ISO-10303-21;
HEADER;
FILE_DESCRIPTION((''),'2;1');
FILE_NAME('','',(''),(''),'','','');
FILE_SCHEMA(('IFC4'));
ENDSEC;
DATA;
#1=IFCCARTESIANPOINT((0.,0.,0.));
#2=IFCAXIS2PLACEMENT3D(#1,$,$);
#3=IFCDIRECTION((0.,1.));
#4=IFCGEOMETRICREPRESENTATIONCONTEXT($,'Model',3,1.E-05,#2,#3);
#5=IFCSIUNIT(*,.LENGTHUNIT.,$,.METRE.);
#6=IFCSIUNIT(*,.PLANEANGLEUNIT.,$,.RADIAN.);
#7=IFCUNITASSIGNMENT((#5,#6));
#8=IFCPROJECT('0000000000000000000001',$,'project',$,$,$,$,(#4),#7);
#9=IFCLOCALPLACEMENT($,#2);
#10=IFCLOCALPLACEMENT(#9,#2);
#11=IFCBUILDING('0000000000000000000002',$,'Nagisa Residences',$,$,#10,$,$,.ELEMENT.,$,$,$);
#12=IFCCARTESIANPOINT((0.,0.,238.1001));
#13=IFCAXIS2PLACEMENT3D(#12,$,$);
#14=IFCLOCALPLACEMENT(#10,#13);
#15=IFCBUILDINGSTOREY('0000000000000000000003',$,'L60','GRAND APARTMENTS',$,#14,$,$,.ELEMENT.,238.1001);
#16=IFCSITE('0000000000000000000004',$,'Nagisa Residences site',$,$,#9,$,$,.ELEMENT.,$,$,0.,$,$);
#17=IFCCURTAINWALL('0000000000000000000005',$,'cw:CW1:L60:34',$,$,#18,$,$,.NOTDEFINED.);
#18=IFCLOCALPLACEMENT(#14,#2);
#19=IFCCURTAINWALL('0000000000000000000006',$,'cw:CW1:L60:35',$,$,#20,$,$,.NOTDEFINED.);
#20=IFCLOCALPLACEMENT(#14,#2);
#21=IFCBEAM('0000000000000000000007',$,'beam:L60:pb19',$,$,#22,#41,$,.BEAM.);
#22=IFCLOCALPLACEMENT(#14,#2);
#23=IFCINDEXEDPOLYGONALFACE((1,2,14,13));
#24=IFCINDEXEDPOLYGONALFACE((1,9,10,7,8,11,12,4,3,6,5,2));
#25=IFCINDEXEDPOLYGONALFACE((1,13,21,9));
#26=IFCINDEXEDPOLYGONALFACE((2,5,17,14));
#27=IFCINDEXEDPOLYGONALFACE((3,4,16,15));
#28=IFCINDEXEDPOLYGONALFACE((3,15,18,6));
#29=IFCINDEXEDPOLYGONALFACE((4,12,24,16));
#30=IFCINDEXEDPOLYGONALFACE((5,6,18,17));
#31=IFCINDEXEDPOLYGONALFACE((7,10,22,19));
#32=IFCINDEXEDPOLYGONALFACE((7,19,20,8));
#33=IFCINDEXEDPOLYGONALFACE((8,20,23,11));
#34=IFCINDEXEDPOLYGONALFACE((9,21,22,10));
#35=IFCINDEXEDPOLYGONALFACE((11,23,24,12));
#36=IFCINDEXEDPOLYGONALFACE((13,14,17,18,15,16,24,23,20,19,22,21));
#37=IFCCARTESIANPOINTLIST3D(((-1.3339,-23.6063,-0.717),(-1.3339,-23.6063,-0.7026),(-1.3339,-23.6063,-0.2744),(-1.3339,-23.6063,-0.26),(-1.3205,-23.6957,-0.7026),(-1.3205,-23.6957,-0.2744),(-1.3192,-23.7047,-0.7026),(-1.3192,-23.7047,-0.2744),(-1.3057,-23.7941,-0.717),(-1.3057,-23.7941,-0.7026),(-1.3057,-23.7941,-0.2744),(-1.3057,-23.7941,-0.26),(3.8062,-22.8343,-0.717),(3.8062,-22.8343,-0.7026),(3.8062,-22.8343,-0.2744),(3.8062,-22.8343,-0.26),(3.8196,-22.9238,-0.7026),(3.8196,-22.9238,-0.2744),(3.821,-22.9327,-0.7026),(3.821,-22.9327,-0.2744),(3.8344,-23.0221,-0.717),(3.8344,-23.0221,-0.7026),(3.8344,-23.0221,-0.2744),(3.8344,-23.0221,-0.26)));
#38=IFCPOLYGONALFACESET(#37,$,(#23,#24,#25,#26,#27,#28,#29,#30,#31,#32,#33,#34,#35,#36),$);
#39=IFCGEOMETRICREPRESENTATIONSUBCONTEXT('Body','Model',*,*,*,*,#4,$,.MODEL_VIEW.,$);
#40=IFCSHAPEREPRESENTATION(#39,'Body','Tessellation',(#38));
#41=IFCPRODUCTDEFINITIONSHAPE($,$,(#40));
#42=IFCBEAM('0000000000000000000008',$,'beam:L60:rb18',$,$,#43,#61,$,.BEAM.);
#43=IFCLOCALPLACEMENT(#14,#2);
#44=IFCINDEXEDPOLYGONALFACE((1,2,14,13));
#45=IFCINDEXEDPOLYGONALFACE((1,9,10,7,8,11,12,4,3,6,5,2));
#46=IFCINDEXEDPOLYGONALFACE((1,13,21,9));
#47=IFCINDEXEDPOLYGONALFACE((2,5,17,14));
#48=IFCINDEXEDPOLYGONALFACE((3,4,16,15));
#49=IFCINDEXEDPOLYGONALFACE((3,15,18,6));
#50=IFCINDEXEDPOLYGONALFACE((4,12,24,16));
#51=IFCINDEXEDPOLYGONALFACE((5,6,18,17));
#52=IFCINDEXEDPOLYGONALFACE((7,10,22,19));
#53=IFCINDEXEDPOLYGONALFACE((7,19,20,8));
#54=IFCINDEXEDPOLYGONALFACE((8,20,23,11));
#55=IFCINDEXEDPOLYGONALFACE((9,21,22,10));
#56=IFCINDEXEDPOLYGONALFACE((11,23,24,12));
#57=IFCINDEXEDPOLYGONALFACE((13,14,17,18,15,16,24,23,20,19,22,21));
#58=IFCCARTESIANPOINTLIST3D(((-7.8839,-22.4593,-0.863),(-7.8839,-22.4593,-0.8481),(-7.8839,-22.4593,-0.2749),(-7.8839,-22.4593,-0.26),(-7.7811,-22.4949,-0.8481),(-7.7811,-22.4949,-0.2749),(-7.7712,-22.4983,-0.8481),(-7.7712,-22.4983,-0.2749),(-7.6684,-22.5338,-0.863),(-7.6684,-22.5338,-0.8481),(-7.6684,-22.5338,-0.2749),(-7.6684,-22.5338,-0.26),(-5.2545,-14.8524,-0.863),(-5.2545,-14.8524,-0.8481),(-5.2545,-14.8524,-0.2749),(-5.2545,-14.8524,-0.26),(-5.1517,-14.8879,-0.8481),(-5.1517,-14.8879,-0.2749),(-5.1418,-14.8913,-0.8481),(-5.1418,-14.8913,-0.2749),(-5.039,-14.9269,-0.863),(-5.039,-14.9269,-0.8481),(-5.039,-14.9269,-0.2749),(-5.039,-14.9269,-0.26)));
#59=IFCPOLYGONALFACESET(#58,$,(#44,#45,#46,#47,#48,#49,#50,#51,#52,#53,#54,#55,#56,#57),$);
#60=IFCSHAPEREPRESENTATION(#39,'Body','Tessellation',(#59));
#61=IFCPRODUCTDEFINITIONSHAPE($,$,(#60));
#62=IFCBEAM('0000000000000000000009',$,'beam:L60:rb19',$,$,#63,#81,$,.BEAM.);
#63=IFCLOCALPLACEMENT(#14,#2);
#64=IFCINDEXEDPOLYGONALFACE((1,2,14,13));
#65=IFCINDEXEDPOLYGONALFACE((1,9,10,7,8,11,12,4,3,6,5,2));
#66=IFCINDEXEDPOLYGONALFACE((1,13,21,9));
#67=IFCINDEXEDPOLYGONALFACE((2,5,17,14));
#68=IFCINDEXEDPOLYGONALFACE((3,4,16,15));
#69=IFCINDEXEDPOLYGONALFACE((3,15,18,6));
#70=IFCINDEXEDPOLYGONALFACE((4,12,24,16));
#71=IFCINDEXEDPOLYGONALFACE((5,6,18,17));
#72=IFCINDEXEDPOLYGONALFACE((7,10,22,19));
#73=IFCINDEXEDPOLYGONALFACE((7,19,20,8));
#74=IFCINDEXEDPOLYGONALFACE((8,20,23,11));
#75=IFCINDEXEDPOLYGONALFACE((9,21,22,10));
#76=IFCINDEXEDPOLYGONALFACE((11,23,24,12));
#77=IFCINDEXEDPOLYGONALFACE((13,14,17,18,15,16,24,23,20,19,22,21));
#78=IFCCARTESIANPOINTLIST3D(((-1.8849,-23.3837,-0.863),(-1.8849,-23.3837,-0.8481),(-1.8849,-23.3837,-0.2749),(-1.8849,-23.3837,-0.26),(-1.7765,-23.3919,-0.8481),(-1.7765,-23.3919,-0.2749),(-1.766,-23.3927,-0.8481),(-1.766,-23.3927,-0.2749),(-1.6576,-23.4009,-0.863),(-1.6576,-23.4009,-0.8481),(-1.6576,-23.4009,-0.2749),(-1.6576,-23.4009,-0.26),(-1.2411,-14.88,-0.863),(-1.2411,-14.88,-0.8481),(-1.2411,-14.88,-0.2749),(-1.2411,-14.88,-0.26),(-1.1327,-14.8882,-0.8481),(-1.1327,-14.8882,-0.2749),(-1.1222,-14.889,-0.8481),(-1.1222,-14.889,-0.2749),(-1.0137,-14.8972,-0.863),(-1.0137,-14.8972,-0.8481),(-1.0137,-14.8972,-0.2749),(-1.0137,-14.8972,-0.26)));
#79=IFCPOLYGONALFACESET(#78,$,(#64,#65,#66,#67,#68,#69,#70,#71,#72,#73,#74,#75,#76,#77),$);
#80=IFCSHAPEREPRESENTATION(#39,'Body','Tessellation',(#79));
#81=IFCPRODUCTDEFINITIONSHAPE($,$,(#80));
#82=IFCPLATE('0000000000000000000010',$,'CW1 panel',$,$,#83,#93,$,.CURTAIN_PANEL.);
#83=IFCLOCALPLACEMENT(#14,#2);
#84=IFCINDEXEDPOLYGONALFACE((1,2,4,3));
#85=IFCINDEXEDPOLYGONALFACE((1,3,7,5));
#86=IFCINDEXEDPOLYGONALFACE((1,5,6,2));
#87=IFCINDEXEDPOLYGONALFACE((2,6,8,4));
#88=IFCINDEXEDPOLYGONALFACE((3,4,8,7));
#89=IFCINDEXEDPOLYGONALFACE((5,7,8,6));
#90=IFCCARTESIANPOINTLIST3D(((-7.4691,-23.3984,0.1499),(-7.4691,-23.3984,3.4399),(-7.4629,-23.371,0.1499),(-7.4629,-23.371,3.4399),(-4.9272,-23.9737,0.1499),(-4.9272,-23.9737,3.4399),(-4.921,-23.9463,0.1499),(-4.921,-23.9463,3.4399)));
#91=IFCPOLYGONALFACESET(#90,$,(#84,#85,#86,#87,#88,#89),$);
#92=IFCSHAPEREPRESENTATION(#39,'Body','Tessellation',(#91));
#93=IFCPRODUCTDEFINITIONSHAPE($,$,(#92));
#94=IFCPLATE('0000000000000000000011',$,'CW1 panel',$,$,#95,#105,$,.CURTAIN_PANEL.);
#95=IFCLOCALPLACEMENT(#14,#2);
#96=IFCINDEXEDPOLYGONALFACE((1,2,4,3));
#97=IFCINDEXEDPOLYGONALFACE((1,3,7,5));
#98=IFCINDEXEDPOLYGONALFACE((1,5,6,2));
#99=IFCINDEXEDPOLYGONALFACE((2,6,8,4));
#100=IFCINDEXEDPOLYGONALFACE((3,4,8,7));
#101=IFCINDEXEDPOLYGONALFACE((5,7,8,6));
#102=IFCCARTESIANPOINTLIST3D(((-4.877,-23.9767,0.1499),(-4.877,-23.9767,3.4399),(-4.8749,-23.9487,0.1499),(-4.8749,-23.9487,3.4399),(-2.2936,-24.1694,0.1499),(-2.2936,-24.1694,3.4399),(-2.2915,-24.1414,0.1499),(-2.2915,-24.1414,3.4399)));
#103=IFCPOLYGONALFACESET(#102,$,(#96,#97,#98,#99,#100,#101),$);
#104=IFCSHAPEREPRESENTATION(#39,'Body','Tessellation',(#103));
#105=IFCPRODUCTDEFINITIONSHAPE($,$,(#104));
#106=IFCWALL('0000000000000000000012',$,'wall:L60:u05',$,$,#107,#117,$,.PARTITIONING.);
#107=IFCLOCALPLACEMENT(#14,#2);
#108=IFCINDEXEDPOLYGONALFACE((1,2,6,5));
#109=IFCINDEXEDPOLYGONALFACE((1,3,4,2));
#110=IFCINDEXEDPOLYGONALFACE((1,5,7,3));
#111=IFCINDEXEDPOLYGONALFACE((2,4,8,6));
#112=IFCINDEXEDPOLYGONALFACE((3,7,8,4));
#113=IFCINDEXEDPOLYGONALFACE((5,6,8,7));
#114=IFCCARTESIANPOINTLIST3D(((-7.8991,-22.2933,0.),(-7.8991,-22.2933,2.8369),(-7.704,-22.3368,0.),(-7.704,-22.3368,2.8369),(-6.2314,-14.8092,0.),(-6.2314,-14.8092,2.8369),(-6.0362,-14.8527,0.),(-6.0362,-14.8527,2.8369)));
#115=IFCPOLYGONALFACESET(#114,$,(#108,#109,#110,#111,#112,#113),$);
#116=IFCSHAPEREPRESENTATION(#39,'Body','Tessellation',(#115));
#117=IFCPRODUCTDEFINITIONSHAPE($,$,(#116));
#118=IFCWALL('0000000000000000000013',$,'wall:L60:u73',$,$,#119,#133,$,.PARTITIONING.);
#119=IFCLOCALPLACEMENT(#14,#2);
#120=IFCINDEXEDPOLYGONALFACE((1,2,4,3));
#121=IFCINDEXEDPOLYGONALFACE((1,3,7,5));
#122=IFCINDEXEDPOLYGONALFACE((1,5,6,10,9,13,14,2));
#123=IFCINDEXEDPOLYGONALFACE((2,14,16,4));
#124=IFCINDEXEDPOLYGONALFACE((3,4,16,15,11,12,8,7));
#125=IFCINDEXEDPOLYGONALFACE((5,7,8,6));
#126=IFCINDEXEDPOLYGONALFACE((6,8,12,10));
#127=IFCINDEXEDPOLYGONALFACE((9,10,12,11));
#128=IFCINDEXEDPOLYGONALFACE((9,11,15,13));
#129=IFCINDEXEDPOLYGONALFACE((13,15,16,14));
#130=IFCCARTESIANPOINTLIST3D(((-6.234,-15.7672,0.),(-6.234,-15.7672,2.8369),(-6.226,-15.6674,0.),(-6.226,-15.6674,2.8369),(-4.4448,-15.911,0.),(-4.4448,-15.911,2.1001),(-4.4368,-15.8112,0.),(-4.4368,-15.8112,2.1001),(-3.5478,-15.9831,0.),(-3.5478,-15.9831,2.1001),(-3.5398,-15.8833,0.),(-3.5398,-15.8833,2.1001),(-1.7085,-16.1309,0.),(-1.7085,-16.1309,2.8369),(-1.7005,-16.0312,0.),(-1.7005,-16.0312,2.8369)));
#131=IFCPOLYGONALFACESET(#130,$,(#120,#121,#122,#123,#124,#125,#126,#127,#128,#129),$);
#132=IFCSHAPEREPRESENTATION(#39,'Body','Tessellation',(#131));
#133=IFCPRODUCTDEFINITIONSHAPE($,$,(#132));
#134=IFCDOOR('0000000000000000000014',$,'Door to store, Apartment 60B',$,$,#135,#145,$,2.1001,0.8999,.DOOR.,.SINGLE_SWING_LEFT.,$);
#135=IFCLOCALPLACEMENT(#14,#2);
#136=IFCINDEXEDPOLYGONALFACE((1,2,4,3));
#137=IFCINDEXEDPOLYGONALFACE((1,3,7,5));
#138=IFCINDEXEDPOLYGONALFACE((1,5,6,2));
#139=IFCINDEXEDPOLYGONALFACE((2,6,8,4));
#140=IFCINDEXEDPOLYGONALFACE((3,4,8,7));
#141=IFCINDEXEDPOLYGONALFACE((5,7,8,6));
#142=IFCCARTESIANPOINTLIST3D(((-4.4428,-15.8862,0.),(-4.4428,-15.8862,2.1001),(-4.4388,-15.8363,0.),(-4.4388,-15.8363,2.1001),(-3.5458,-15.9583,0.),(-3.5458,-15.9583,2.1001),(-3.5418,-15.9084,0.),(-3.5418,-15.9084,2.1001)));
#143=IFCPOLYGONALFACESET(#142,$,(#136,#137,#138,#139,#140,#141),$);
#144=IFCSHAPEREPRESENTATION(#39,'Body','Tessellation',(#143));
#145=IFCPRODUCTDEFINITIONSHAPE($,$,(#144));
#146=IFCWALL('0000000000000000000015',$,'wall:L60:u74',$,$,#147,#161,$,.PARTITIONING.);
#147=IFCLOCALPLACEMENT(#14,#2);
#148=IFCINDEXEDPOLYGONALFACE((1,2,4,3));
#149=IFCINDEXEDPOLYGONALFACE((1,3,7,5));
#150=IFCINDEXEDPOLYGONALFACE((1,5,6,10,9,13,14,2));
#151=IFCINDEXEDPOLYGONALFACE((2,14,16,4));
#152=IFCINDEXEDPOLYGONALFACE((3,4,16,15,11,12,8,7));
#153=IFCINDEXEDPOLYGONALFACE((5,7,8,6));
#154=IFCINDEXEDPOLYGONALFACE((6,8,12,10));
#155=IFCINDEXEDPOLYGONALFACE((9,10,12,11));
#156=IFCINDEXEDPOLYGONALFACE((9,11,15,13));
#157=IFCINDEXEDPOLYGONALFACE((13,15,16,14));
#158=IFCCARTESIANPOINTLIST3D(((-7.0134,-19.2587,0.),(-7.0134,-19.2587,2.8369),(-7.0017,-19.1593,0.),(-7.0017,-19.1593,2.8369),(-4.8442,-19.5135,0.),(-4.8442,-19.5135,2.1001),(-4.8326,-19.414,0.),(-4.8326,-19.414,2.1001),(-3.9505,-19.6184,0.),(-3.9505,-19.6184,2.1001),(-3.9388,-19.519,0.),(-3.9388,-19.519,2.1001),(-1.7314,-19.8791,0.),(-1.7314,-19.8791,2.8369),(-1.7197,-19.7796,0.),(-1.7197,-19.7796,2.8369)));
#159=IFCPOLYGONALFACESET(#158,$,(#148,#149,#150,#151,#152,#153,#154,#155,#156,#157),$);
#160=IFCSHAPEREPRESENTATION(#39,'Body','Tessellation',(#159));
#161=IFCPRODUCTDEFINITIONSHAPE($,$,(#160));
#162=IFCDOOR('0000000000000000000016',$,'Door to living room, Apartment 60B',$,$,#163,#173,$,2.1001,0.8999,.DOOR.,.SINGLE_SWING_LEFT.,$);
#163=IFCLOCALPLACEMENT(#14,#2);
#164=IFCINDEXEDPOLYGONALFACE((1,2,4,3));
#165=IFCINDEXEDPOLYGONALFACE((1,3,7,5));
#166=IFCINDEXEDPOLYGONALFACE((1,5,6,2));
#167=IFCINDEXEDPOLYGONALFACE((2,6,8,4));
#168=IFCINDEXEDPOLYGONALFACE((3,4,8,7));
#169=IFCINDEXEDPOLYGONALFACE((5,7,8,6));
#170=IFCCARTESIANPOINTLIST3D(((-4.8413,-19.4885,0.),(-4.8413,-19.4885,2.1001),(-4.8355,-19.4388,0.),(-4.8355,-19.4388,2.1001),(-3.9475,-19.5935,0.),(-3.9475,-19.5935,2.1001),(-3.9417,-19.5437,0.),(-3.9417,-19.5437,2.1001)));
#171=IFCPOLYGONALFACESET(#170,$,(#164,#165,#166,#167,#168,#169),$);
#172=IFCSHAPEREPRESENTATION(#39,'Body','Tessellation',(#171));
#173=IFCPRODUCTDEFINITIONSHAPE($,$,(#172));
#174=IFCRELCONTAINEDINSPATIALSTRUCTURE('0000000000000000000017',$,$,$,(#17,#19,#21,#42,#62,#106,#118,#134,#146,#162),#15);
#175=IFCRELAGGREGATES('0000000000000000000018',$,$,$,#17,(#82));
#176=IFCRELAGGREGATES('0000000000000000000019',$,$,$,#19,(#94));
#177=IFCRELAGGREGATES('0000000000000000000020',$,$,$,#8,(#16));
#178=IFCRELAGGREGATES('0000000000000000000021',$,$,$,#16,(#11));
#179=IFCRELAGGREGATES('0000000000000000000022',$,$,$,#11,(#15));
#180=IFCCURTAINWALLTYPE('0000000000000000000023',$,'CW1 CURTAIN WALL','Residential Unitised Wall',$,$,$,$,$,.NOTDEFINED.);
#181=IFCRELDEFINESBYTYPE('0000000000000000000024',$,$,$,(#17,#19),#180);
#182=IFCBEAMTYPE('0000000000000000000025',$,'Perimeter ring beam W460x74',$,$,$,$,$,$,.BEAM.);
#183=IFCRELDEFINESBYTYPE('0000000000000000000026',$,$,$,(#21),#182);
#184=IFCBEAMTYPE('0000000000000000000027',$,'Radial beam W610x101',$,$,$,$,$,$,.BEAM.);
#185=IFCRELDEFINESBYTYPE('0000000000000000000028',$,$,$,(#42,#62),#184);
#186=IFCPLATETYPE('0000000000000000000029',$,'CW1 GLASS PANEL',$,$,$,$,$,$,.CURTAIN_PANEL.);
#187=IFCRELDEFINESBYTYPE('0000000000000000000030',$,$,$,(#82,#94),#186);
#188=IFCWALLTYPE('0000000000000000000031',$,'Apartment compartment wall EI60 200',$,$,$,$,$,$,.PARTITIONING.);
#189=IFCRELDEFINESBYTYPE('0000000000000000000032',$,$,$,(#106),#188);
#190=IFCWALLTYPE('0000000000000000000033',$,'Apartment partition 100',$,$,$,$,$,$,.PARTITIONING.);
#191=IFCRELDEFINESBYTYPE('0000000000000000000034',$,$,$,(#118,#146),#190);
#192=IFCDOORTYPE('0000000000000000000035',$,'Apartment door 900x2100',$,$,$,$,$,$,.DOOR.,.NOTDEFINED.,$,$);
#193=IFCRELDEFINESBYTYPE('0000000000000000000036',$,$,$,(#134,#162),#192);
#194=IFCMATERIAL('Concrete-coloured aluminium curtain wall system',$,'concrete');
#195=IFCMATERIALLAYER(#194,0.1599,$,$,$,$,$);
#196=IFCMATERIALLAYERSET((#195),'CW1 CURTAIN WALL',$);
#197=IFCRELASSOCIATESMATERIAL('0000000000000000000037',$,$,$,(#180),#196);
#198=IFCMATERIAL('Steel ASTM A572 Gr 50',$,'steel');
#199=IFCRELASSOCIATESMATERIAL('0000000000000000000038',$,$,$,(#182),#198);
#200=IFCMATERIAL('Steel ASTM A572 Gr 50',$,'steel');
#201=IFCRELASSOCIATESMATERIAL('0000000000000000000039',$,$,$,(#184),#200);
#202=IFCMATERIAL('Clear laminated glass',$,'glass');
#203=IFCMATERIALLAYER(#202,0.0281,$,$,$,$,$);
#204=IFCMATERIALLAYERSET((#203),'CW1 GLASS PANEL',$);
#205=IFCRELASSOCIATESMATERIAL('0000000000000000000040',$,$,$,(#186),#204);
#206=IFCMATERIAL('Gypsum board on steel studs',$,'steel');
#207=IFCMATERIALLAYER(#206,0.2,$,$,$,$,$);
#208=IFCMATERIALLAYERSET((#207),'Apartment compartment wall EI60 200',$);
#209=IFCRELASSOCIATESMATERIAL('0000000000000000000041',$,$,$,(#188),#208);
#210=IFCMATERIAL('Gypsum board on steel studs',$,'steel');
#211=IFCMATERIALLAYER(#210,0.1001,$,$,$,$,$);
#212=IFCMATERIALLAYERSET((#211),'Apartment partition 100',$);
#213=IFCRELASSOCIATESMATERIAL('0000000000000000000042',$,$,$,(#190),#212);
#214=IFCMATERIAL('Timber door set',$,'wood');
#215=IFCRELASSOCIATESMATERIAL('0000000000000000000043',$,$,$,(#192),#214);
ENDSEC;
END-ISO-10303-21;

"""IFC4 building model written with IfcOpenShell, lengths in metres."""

from ifc_helpers import new_model, si_unit, direction, frame, frame_2d, origin, origin_2d, place, context, subcontext, project, spatial, rectangle, i_section, extrude, material, layer, layer_set, material_profile, profile_set, type_object, element, fill, aggregate, save


model = new_model("IFC4")

# Units and contexts
model_context = context("Model", 3, precision=1e-05, world=origin(), true_north=direction((0.0, 1.0)))
body_context = subcontext(model_context, "Body", "Model", "MODEL_VIEW")
ifc_project = project(units=[si_unit("LENGTHUNIT", "METRE"), si_unit("PLANEANGLEUNIT", "RADIAN")], contexts=[model_context])

# Site, building, storey
site_placement = place(None, origin())
site = spatial("IfcSite", under=ifc_project, at=site_placement, Name="Nagisa Residences site", CompositionType="ELEMENT", RefElevation=0.0)
building_placement = place(site_placement, origin())
building = spatial("IfcBuilding", under=site, at=building_placement, Name="Nagisa Residences", CompositionType="ELEMENT")
storey_placement = place(building_placement, frame((0.0, 0.0, 238.1001)))
storey = spatial("IfcBuildingStorey", under=building, at=storey_placement, Name="L60", Description="GRAND APARTMENTS", CompositionType="ELEMENT", Elevation=238.1001)

# Curtain walls
ifc_material_1 = material(Name="Concrete-coloured aluminium curtain wall system", Category="concrete")
ifc_layer_1 = layer(ifc_material_1, 0.1599)
ifc_layer_set_1 = layer_set([ifc_layer_1], Name="CW1 CURTAIN WALL")
curtain_wall_type = type_object("IfcCurtainWallType", Name="CW1 CURTAIN WALL", Description="Residential Unitised Wall", PredefinedType="NOTDEFINED", material=ifc_layer_set_1)
curtain_wall_1_placement = place(storey_placement, origin())
curtain_wall_1 = element("IfcCurtainWall", 1, at=curtain_wall_1_placement, inside=storey, type_object=curtain_wall_type, Name="cw:CW1:L60:34", PredefinedType="NOTDEFINED")
curtain_wall_2_placement = place(storey_placement, origin())
curtain_wall_2 = element("IfcCurtainWall", 2, at=curtain_wall_2_placement, inside=storey, type_object=curtain_wall_type, Name="cw:CW1:L60:35", PredefinedType="NOTDEFINED")

# Beams
ifc_material_2 = material(Name="Steel ASTM A572 Gr 50", Category="steel")
ifc_material_profile_1 = material_profile(ifc_material_2, i_section(OverallWidth=0.1899, OverallDepth=0.457, WebThickness=0.009, FlangeThickness=0.0144, at=origin_2d()), Name="W460x74")
ifc_profile_set_1 = profile_set([ifc_material_profile_1], Name="Steel ASTM A572 Gr 50")
beam_type_1 = type_object("IfcBeamType", Name="Perimeter ring beam W460x74", PredefinedType="BEAM", material=ifc_profile_set_1)
for number, where, z_axis, x_axis, name in (
    (3, (-1.3198, -23.7002, -0.4885), (0.988909, 0.14852, 0.0), (-0.14852, 0.988909, 0.0), "beam:L60:pb19"),
):
    element("IfcBeam", number, at=place(storey_placement, frame(where, z_axis=z_axis, x_axis=x_axis)), inside=storey, type_object=beam_type_1, Name=name, PredefinedType="BEAM", context=body_context, shape_type="SweptSolid", body=[
        extrude(i_section(OverallWidth=0.1899, OverallDepth=0.457, WebThickness=0.009, FlangeThickness=0.0144, at=origin_2d()), origin(), (0.0, 0.0, 1.0), 5.1978),
    ])
ifc_material_3 = material(Name="Steel ASTM A572 Gr 50", Category="steel")
ifc_material_profile_2 = material_profile(ifc_material_3, i_section(OverallWidth=0.228, OverallDepth=0.603, WebThickness=0.0105, FlangeThickness=0.0149, at=origin_2d()), Name="W610x101")
ifc_profile_set_2 = profile_set([ifc_material_profile_2], Name="Steel ASTM A572 Gr 50")
beam_type_2 = type_object("IfcBeamType", Name="Radial beam W610x101", PredefinedType="BEAM", material=ifc_profile_set_2)
beam_1_placement = place(storey_placement, frame((-7.7761, -22.4966, -0.5615), z_axis=(0.326692, 0.945131, 0.0), x_axis=(-0.945131, 0.326692, 0.0)))
element("IfcBeam", 4, at=beam_1_placement, inside=storey, type_object=beam_type_2, Name="beam:L60:rb18", PredefinedType="BEAM", context=body_context, shape_type="SweptSolid", body=[
    extrude(i_section(OverallWidth=0.228, OverallDepth=0.603, WebThickness=0.0105, FlangeThickness=0.0149, at=origin_2d()), origin(), (0.0, 0.0, 1.0), 8.0486),
])
beam_2_placement = place(storey_placement, frame((-1.7712, -23.3923, -0.5615), z_axis=(0.075492, 0.997146, 0.0), x_axis=(-0.997146, 0.075492, 0.0)))
element("IfcBeam", 5, at=beam_2_placement, inside=storey, type_object=beam_type_2, Name="beam:L60:rb19", PredefinedType="BEAM", context=body_context, shape_type="SweptSolid", body=[
    extrude(i_section(OverallWidth=0.228, OverallDepth=0.603, WebThickness=0.0105, FlangeThickness=0.0149, at=origin_2d()), origin(), (0.0, 0.0, 1.0), 8.5281),
])

# Plates
ifc_material_4 = material(Name="Clear laminated glass", Category="glass")
ifc_layer_2 = layer(ifc_material_4, 0.0281)
ifc_layer_set_2 = layer_set([ifc_layer_2], Name="CW1 GLASS PANEL")
plate_type = type_object("IfcPlateType", Name="CW1 GLASS PANEL", PredefinedType="CURTAIN_PANEL", material=ifc_layer_set_2)
plate_1_placement = place(storey_placement, frame((-6.1951, -23.6724, 0.1499), z_axis=(0.0, 0.0, 1.0), x_axis=(0.975327, -0.220764, 0.0)))
plate_1 = element("IfcPlate", 6, at=plate_1_placement, type_object=plate_type, Name="CW1 panel", PredefinedType="CURTAIN_PANEL", context=body_context, shape_type="SweptSolid", body=[
    extrude(rectangle(XDim=2.6062, YDim=0.0281, at=origin_2d()), origin(), (0.0, 0.0, 1.0), 3.29),
])
aggregate(curtain_wall_1, [plate_1])
plate_2_placement = place(storey_placement, frame((-3.5842, -24.0591, 0.1499), z_axis=(0.0, 0.0, 1.0), x_axis=(0.99723, -0.074377, 0.0)))
plate_2 = element("IfcPlate", 7, at=plate_2_placement, type_object=plate_type, Name="CW1 panel", PredefinedType="CURTAIN_PANEL", context=body_context, shape_type="SweptSolid", body=[
    extrude(rectangle(XDim=2.5906, YDim=0.0281, at=origin_2d()), origin(), (0.0, 0.0, 1.0), 3.29),
])
aggregate(curtain_wall_2, [plate_2])

# Wall
ifc_material_5 = material(Name="Gypsum board on steel studs", Category="steel")
ifc_layer_3 = layer(ifc_material_5, 0.2)
ifc_layer_set_3 = layer_set([ifc_layer_3], Name="Apartment compartment wall EI60 200")
wall_type_1 = type_object("IfcWallType", Name="Apartment compartment wall EI60 200", PredefinedType="PARTITIONING", material=ifc_layer_set_3)
wall_1_placement = place(storey_placement, frame((-6.1338, -14.8308, 0.0), z_axis=(0.0, 0.0, 1.0), x_axis=(-0.2175, -0.97606, 0.0)))
element("IfcWall", 8, at=wall_1_placement, inside=storey, type_object=wall_type_1, Name="wall:L60:u05", PredefinedType="PARTITIONING", context=body_context, shape_type="SweptSolid", body=[
    extrude(rectangle(XDim=7.6677, YDim=0.2, at=frame_2d((3.834, 0.0))), origin(), (0.0, 0.0, 1.0), 2.8369),
])

# Walls, openings, doors
ifc_material_6 = material(Name="Gypsum board on steel studs", Category="steel")
ifc_layer_4 = layer(ifc_material_6, 0.1001)
ifc_layer_set_4 = layer_set([ifc_layer_4], Name="Apartment partition 100")
wall_type_2 = type_object("IfcWallType", Name="Apartment partition 100", PredefinedType="PARTITIONING", material=ifc_layer_set_4)
wall_2_placement = place(storey_placement, frame((-6.23, -15.7173, 0.0), z_axis=(0.0, 0.0, 1.0), x_axis=(0.996785, -0.080126, 0.0)))
wall_2 = element("IfcWall", 9, at=wall_2_placement, inside=storey, type_object=wall_type_2, Name="wall:L60:u73", PredefinedType="PARTITIONING", context=body_context, shape_type="SweptSolid", body=[
    extrude(rectangle(XDim=4.54, YDim=0.1001, at=frame_2d((2.27, 0.0))), origin(), (0.0, 0.0, 1.0), 2.8369),
])
opening_1_placement = place(wall_2_placement, frame((1.7949, 0.0, 0.0)))
opening_1 = element("IfcOpeningElement", 10, at=opening_1_placement, cuts=wall_2, PredefinedType="OPENING", context=body_context, shape_type="SweptSolid", body=[
    extrude(rectangle(XDim=0.8999, YDim=2.1001, at=frame_2d((0.45, 1.05))), frame((0.0, 0.0601, 0.0), z_axis=(0.0, -1.0, 0.0), x_axis=(1.0, 0.0, 0.0)), (0.0, 0.0, 1.0), 0.1201),
])
ifc_material_7 = material(Name="Timber door set", Category="wood")
door_type_1 = type_object("IfcDoorType", Name="Apartment door 900x2100", OperationType="NOTDEFINED", PredefinedType="DOOR", material=ifc_material_7)
door_1_placement = place(opening_1_placement, origin())
door_1 = element("IfcDoor", 11, at=door_1_placement, inside=storey, type_object=door_type_1, Name="Door to store, Apartment 60B", OperationType="SINGLE_SWING_LEFT", OverallHeight=2.1001, OverallWidth=0.8999, PredefinedType="DOOR", context=body_context, shape_type="SweptSolid", body=[
    extrude(rectangle(XDim=0.8999, YDim=2.1001, at=frame_2d((0.45, 1.05))), frame((0.0, 0.0249, 0.0), z_axis=(0.0, -1.0, 0.0), x_axis=(1.0, 0.0, 0.0)), (0.0, 0.0, 1.0), 0.05),
])
fill(opening_1, door_1)
wall_3_placement = place(storey_placement, frame((-7.0076, -19.209, 0.0), z_axis=(0.0, 0.0, 1.0), x_axis=(0.993173, -0.116647, 0.0)))
wall_3 = element("IfcWall", 12, at=wall_3_placement, inside=storey, type_object=wall_type_2, Name="wall:L60:u74", PredefinedType="PARTITIONING", context=body_context, shape_type="SweptSolid", body=[
    extrude(rectangle(XDim=5.3184, YDim=0.1001, at=frame_2d((2.6592, 0.0))), origin(), (0.0, 0.0, 1.0), 2.8369),
])
opening_2_placement = place(wall_3_placement, frame((2.1841, 0.0, 0.0)))
opening_2 = element("IfcOpeningElement", 13, at=opening_2_placement, cuts=wall_3, PredefinedType="OPENING", context=body_context, shape_type="SweptSolid", body=[
    extrude(rectangle(XDim=0.8999, YDim=2.1001, at=frame_2d((0.45, 1.05))), frame((0.0, 0.0601, 0.0), z_axis=(0.0, -1.0, 0.0), x_axis=(1.0, 0.0, 0.0)), (0.0, 0.0, 1.0), 0.1201),
])
door_2_placement = place(opening_2_placement, frame((0.8999, 0.0, 0.0), x_axis=(-1.0, 0.0, 0.0)))
door_2 = element("IfcDoor", 14, at=door_2_placement, inside=storey, type_object=door_type_1, Name="Door to living room, Apartment 60B", OperationType="SINGLE_SWING_LEFT", OverallHeight=2.1001, OverallWidth=0.8999, PredefinedType="DOOR", context=body_context, shape_type="SweptSolid", body=[
    extrude(rectangle(XDim=0.8999, YDim=2.1001, at=frame_2d((0.45, 1.05))), frame((0.0, 0.0249, 0.0), z_axis=(0.0, -1.0, 0.0), x_axis=(1.0, 0.0, 0.0)), (0.0, 0.0, 1.0), 0.05),
])
fill(opening_2, door_2)

save(model, "model.ifc")
